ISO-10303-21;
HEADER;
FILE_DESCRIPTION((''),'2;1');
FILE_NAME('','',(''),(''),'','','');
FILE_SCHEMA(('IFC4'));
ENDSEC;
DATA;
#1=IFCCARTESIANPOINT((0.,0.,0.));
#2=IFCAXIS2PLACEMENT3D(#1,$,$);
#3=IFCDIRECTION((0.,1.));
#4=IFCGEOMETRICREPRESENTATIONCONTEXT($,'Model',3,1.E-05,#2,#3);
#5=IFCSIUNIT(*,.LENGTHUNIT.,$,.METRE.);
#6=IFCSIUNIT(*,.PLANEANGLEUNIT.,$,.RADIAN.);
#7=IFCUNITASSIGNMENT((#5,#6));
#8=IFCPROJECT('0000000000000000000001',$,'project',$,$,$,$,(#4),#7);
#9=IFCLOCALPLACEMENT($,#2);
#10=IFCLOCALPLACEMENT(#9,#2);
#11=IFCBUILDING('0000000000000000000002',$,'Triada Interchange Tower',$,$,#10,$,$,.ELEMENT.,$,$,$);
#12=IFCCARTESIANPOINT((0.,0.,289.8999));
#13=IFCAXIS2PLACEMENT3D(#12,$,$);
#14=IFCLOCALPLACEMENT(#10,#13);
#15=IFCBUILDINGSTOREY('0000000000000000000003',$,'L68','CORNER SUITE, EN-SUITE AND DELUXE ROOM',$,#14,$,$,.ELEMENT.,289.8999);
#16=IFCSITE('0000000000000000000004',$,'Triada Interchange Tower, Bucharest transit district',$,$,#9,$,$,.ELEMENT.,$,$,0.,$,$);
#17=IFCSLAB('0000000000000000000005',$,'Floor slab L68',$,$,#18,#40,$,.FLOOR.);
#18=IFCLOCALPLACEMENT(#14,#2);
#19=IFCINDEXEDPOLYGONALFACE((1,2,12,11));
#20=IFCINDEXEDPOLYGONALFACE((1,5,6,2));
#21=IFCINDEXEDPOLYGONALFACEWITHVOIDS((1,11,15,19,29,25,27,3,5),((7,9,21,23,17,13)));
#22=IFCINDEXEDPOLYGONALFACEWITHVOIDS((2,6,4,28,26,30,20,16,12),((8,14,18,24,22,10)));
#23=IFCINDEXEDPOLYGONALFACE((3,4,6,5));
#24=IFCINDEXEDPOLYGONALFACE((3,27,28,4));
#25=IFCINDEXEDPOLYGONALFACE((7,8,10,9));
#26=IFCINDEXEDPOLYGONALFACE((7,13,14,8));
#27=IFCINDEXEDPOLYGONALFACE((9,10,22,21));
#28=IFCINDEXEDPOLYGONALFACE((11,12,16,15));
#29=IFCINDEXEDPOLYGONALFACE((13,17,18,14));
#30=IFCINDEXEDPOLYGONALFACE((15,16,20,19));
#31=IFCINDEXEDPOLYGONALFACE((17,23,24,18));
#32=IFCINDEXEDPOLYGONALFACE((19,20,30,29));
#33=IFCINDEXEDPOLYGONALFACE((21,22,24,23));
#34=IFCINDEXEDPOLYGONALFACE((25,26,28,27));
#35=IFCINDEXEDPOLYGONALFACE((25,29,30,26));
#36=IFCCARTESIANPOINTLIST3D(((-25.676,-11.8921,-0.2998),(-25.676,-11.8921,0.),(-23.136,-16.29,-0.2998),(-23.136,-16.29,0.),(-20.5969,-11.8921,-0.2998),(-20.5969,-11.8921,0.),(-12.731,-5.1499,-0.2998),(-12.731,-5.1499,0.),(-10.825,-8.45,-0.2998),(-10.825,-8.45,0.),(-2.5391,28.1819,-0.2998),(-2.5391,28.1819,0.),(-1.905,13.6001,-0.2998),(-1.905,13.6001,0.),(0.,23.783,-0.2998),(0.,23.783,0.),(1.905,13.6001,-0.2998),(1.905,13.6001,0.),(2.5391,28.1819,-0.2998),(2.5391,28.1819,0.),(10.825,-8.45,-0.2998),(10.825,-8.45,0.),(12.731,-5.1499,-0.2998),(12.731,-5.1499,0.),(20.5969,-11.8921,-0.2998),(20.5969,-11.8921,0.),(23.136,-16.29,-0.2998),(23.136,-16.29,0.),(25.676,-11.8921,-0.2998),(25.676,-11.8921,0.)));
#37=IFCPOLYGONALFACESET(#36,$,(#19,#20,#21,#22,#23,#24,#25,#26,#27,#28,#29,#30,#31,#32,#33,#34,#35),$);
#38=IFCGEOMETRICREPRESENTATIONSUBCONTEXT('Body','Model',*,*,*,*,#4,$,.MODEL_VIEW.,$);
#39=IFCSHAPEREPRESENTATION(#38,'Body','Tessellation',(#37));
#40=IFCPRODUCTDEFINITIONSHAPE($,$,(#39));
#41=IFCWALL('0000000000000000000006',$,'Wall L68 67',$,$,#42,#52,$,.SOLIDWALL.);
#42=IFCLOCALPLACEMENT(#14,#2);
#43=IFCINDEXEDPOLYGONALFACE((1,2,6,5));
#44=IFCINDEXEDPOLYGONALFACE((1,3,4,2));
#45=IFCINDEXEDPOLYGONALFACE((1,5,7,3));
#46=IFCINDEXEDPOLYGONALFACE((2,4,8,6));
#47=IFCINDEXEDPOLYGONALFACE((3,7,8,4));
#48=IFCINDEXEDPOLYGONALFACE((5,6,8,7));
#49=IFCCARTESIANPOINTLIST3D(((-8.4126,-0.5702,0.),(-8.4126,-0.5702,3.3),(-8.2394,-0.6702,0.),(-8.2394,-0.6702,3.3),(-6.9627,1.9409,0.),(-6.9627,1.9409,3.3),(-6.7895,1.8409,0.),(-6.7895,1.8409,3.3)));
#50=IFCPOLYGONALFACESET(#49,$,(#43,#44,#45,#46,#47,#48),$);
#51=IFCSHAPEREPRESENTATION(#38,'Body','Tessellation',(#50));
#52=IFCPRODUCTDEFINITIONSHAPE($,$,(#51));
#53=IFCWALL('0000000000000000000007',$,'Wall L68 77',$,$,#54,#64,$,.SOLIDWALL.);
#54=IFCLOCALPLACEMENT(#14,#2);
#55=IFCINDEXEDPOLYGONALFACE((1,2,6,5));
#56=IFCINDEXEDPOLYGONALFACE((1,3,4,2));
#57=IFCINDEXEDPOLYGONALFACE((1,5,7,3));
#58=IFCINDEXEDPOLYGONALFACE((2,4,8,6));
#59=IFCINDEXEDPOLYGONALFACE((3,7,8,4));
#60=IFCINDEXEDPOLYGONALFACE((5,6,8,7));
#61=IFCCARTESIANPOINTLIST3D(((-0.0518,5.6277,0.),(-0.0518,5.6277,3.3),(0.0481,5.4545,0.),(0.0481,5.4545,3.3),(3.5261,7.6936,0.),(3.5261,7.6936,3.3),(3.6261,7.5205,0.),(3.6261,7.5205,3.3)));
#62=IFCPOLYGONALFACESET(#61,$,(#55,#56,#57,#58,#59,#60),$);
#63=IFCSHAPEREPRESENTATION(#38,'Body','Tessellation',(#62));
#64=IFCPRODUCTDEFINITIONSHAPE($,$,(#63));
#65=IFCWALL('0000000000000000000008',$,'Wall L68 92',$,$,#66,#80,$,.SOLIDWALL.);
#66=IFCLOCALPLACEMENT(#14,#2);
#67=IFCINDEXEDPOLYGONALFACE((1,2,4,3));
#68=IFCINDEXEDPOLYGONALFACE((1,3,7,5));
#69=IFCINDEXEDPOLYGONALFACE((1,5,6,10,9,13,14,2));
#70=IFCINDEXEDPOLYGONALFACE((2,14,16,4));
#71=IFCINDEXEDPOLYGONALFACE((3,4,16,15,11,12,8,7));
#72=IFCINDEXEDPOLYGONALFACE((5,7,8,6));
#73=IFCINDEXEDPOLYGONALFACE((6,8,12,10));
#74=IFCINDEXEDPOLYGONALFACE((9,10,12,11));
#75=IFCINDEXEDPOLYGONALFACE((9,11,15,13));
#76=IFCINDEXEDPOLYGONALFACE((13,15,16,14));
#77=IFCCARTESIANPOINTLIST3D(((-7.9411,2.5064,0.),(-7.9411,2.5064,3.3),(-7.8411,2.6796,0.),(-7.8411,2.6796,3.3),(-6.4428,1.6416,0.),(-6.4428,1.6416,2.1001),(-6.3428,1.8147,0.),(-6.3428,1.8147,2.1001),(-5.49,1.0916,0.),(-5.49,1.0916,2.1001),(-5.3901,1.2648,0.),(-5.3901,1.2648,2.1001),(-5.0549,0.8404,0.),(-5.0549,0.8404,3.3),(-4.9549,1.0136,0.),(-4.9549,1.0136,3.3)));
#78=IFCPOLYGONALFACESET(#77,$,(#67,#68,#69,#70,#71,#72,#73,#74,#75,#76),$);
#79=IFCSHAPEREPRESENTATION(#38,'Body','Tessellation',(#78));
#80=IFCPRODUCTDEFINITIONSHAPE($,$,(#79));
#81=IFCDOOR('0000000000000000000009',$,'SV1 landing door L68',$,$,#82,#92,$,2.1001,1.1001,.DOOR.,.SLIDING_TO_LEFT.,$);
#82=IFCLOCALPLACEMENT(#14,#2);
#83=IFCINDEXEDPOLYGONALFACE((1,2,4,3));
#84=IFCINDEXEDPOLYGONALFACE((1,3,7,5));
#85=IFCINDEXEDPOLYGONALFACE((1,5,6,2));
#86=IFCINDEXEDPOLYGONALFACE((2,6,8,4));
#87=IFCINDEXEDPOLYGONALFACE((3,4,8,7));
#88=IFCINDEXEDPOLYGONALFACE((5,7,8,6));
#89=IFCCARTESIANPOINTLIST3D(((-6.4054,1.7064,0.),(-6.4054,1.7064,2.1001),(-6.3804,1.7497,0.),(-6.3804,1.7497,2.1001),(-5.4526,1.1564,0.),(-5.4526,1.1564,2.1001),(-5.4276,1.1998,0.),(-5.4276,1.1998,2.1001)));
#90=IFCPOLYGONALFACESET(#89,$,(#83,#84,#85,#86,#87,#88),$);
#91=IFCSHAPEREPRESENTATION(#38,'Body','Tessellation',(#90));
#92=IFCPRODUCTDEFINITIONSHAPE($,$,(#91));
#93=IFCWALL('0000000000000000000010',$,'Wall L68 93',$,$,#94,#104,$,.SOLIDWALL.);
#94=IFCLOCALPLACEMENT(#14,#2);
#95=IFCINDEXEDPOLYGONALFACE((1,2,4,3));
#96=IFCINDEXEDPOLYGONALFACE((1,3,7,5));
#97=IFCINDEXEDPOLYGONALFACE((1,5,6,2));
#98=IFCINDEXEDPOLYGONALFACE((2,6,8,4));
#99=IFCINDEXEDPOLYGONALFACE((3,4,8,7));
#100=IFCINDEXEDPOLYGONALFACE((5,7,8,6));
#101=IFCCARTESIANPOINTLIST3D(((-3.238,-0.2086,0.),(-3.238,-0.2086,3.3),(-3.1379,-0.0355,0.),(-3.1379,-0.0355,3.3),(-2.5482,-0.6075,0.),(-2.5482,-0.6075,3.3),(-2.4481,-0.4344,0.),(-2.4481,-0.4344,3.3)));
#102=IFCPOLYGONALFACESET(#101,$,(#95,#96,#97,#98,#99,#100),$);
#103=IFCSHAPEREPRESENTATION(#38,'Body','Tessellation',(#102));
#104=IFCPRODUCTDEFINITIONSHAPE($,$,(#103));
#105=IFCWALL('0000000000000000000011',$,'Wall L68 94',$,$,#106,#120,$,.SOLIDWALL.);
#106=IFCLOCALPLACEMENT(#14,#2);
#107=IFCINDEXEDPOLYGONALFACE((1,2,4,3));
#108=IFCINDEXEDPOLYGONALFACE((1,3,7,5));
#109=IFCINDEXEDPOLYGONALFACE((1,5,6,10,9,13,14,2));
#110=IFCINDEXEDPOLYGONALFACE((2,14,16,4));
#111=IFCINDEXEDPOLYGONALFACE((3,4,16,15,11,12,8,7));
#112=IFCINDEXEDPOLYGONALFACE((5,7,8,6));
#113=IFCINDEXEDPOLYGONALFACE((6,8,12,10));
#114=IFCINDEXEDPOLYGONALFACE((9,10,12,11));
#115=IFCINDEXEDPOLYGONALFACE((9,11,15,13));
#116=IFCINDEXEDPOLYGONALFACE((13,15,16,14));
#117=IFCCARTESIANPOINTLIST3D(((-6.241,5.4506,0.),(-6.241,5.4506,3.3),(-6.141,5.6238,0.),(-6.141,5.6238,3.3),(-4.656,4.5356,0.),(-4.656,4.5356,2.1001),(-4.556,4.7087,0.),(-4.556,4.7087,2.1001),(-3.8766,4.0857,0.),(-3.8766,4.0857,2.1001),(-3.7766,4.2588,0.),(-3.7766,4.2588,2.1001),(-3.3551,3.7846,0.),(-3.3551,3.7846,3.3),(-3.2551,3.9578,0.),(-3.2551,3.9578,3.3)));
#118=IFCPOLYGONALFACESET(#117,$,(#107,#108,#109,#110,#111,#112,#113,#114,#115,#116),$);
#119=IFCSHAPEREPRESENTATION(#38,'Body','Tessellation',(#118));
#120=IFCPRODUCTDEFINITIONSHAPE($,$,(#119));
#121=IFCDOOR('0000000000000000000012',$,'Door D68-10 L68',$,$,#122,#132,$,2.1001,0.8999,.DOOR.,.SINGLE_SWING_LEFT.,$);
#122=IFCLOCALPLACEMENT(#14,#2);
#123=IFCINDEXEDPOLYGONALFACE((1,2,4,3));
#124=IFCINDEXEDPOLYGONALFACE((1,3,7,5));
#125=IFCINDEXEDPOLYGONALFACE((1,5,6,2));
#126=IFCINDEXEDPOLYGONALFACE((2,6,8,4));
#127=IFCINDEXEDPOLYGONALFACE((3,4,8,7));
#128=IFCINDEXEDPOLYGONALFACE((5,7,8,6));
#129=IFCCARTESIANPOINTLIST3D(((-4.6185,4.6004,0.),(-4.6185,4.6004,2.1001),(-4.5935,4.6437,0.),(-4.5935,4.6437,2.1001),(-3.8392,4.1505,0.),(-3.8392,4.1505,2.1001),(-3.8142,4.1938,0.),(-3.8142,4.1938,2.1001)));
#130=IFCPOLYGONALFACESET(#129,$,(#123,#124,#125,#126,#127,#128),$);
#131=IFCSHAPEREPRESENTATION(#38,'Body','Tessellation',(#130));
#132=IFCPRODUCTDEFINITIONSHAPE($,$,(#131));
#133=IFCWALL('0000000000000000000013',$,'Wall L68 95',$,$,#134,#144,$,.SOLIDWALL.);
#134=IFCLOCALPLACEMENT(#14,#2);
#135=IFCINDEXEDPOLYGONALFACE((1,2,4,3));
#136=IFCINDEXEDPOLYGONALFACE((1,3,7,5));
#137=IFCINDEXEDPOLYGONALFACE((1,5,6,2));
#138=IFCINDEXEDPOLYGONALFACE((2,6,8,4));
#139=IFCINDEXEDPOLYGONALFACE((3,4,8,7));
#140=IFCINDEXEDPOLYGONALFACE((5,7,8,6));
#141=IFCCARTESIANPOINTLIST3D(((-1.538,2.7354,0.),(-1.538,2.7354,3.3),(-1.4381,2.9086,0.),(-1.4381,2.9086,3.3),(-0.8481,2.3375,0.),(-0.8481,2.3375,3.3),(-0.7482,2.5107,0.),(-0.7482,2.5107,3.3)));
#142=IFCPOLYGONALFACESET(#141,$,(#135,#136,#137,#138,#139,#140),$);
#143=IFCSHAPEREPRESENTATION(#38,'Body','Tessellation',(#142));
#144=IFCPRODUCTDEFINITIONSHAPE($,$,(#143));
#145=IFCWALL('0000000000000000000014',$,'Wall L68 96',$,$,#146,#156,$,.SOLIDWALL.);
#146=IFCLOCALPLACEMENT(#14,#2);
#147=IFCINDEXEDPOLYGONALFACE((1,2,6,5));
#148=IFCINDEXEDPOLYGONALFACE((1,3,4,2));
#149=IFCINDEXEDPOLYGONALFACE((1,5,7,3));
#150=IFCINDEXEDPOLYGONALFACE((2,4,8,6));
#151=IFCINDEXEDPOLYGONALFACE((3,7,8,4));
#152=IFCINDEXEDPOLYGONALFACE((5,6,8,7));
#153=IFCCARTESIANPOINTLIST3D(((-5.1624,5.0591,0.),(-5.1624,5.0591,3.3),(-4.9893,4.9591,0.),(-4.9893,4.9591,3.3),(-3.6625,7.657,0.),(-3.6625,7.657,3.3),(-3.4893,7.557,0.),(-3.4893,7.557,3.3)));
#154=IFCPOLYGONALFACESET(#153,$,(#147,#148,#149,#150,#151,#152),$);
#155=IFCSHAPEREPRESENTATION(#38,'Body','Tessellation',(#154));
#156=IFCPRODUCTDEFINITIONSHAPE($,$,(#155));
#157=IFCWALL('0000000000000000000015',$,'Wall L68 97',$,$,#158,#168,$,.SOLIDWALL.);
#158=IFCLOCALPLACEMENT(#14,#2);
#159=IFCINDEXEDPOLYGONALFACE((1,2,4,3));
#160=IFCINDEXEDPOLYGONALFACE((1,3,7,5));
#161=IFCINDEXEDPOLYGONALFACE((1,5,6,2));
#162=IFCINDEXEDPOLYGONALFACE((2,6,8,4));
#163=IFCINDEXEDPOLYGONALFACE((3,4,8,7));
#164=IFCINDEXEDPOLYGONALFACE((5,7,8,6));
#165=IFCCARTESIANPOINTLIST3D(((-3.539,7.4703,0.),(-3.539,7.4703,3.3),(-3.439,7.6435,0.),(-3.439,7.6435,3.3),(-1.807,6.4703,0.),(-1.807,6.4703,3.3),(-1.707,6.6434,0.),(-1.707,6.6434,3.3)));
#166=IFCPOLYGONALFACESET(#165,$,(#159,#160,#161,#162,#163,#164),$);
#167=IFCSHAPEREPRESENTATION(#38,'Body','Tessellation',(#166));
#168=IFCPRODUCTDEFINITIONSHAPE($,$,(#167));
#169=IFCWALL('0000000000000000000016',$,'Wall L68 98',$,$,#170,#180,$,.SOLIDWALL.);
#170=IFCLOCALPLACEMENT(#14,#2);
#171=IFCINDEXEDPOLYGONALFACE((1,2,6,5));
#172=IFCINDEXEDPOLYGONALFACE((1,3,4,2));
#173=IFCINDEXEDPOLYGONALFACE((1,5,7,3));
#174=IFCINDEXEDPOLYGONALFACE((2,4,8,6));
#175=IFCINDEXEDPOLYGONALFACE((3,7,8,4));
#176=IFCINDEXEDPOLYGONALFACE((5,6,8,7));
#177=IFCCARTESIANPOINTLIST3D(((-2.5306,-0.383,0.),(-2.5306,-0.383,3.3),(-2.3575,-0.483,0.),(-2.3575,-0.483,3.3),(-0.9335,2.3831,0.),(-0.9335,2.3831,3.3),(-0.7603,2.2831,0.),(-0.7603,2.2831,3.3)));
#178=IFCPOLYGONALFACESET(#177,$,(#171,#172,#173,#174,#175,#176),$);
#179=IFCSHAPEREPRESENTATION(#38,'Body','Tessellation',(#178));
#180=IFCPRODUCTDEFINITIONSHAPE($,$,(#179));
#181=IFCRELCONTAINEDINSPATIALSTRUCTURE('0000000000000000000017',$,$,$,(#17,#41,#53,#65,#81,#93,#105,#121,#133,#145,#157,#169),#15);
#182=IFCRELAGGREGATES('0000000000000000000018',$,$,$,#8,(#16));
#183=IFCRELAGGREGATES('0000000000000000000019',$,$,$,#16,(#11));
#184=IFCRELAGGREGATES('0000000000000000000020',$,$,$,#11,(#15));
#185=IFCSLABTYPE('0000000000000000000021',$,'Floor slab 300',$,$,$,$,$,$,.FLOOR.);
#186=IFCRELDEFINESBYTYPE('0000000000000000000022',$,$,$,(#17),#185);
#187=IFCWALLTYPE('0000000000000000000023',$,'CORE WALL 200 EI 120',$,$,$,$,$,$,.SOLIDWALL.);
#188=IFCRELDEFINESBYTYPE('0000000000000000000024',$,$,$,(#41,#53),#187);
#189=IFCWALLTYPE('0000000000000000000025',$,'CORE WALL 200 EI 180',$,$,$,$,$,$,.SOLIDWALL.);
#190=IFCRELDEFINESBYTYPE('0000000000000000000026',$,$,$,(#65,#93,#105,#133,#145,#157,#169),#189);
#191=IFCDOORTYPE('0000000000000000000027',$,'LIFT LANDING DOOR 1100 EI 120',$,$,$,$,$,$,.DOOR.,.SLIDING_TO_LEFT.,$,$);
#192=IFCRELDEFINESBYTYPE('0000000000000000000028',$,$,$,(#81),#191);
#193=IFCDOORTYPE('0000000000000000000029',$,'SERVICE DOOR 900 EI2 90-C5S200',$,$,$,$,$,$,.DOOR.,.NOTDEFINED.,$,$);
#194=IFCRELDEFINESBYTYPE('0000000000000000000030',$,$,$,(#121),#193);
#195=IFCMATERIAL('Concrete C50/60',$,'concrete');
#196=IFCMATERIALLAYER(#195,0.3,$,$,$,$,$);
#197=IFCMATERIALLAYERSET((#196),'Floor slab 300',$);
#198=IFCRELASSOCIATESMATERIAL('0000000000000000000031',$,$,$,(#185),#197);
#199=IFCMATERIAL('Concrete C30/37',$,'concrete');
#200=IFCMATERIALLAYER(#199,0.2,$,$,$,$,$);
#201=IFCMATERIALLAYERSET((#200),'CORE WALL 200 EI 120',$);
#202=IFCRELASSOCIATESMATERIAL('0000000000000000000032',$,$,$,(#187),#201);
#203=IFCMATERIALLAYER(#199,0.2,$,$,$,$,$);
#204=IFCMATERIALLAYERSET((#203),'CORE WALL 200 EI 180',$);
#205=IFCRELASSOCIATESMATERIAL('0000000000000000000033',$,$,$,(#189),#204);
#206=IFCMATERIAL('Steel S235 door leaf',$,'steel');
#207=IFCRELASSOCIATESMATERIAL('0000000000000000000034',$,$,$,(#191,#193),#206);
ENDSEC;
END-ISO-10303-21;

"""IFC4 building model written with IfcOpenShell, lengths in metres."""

from ifc_helpers import new_model, si_unit, direction, frame, frame_2d, origin, place, context, subcontext, project, spatial, polyline, rectangle, outline, extrude, material, layer, layer_set, type_object, element, fill, save


model = new_model("IFC4")

# Units and contexts
model_context = context("Model", 3, precision=1e-05, world=origin(), true_north=direction((0.0, 1.0)))
body_context = subcontext(model_context, "Body", "Model", "MODEL_VIEW")
ifc_project = project(units=[si_unit("LENGTHUNIT", "METRE"), si_unit("PLANEANGLEUNIT", "RADIAN")], contexts=[model_context])

# Site, building, storey
site_placement = place(None, origin())
site = spatial("IfcSite", under=ifc_project, at=site_placement, Name="Triada Interchange Tower, Bucharest transit district", CompositionType="ELEMENT", RefElevation=0.0)
building_placement = place(site_placement, origin())
building = spatial("IfcBuilding", under=site, at=building_placement, Name="Triada Interchange Tower", CompositionType="ELEMENT")
storey_placement = place(building_placement, frame((0.0, 0.0, 289.8999)))
storey = spatial("IfcBuildingStorey", under=building, at=storey_placement, Name="L68", Description="CORNER SUITE, EN-SUITE AND DELUXE ROOM", CompositionType="ELEMENT", Elevation=289.8999)

# Slab
ifc_material_1 = material(Name="Concrete C50/60", Category="concrete")
ifc_layer_1 = layer(ifc_material_1, 0.3)
ifc_layer_set_1 = layer_set([ifc_layer_1], Name="Floor slab 300")
slab_type = type_object("IfcSlabType", Name="Floor slab 300", PredefinedType="FLOOR", material=ifc_layer_set_1)
slab_placement = place(storey_placement, frame((0.0, 0.0, -0.2998)))
element("IfcSlab", 1, at=slab_placement, inside=storey, type_object=slab_type, Name="Floor slab L68", PredefinedType="FLOOR", context=body_context, shape_type="SweptSolid", body=[
    extrude(outline(polyline([(-2.5391, 28.1819), (-25.676, -11.8921), (-20.5969, -11.8921), (-23.136, -16.29), (23.136, -16.29), (20.5969, -11.8921), (25.676, -11.8921), (2.5391, 28.1819), (0.0, 23.783), (-2.5391, 28.1819)]), holes=[polyline([(1.905, 13.6001), (-1.905, 13.6001), (-12.731, -5.1499), (-10.825, -8.45), (10.825, -8.45), (12.731, -5.1499), (1.905, 13.6001)])]), origin(), (0.0, 0.0, 1.0), 0.2998),
])

# Walls
ifc_material_2 = material(Name="Concrete C30/37", Category="concrete")
ifc_layer_2 = layer(ifc_material_2, 0.2)
ifc_layer_set_2 = layer_set([ifc_layer_2], Name="CORE WALL 200 EI 120")
wall_type_1 = type_object("IfcWallType", Name="CORE WALL 200 EI 120", PredefinedType="SOLIDWALL", material=ifc_layer_set_2)
wall_1_placement = place(storey_placement, frame((-8.3259, -0.6201, 0.0), z_axis=(0.0, 0.0, 1.0), x_axis=(0.500024, 0.866012, 0.0)))
element("IfcWall", 2, at=wall_1_placement, inside=storey, type_object=wall_type_1, Name="Wall L68 67", PredefinedType="SOLIDWALL", context=body_context, shape_type="SweptSolid", body=[
    extrude(rectangle(XDim=2.8997, YDim=0.2, at=frame_2d((1.4497, 0.0))), origin(), (0.0, 0.0, 1.0), 3.3),
])
wall_2_placement = place(storey_placement, frame((-0.002, 5.541, 0.0), z_axis=(0.0, 0.0, 1.0), x_axis=(0.866002, 0.500041, 0.0)))
element("IfcWall", 3, at=wall_2_placement, inside=storey, type_object=wall_type_1, Name="Wall L68 77", PredefinedType="SOLIDWALL", context=body_context, shape_type="SweptSolid", body=[
    extrude(rectangle(XDim=4.1316, YDim=0.2, at=frame_2d((2.0659, 0.0))), origin(), (0.0, 0.0, 1.0), 3.3),
])

# Wall, opening, door
ifc_layer_3 = layer(ifc_material_2, 0.2)
ifc_layer_set_3 = layer_set([ifc_layer_3], Name="CORE WALL 200 EI 180")
wall_type_2 = type_object("IfcWallType", Name="CORE WALL 200 EI 180", PredefinedType="SOLIDWALL", material=ifc_layer_set_3)
wall_3_placement = place(storey_placement, frame((-7.8911, 2.593, 0.0), z_axis=(0.0, 0.0, 1.0), x_axis=(0.866071, -0.499921, 0.0)))
wall_3 = element("IfcWall", 4, at=wall_3_placement, inside=storey, type_object=wall_type_2, Name="Wall L68 92", PredefinedType="SOLIDWALL", context=body_context, shape_type="SweptSolid", body=[
    extrude(rectangle(XDim=3.3325, YDim=0.2, at=frame_2d((1.6663, 0.0))), origin(), (0.0, 0.0, 1.0), 3.3),
])
opening_1_placement = place(wall_3_placement, frame((1.73, 0.0, 0.0)))
opening_1 = element("IfcOpeningElement", 5, at=opening_1_placement, cuts=wall_3, PredefinedType="OPENING", context=body_context, shape_type="SweptSolid", body=[
    extrude(rectangle(XDim=1.1001, YDim=2.1001, at=frame_2d((0.55, 1.05))), frame((0.0, 0.1099, 0.0), z_axis=(0.0, -1.0, 0.0), x_axis=(1.0, 0.0, 0.0)), (0.0, 0.0, 1.0), 0.22),
])
ifc_material_3 = material(Name="Steel S235 door leaf", Category="steel")
door_type_1 = type_object("IfcDoorType", Name="LIFT LANDING DOOR 1100 EI 120", OperationType="SLIDING_TO_LEFT", PredefinedType="DOOR", material=ifc_material_3)
door_1_placement = place(opening_1_placement, origin())
door_1 = element("IfcDoor", 6, at=door_1_placement, inside=storey, type_object=door_type_1, Name="SV1 landing door L68", OperationType="SLIDING_TO_LEFT", OverallHeight=2.1001, OverallWidth=1.1001, PredefinedType="DOOR", context=body_context, shape_type="SweptSolid", body=[
    extrude(rectangle(XDim=1.1001, YDim=2.1001, at=frame_2d((0.55, 1.05))), frame((0.0, 0.0249, 0.0), z_axis=(0.0, -1.0, 0.0), x_axis=(1.0, 0.0, 0.0)), (0.0, 0.0, 1.0), 0.05),
])
fill(opening_1, door_1)

# Wall
wall_4_placement = place(storey_placement, frame((-3.188, -0.1221, 0.0), z_axis=(0.0, 0.0, 1.0), x_axis=(0.865706, -0.500553, 0.0)))
element("IfcWall", 7, at=wall_4_placement, inside=storey, type_object=wall_type_2, Name="Wall L68 93", PredefinedType="SOLIDWALL", context=body_context, shape_type="SweptSolid", body=[
    extrude(rectangle(XDim=0.7969, YDim=0.2, at=frame_2d((0.3984, 0.0))), origin(), (0.0, 0.0, 1.0), 3.3),
])

# Wall, opening, door
wall_5_placement = place(storey_placement, frame((-6.1909, 5.5371, 0.0), z_axis=(0.0, 0.0, 1.0), x_axis=(0.866053, -0.499953, 0.0)))
wall_5 = element("IfcWall", 8, at=wall_5_placement, inside=storey, type_object=wall_type_2, Name="Wall L68 94", PredefinedType="SOLIDWALL", context=body_context, shape_type="SweptSolid", body=[
    extrude(rectangle(XDim=3.3323, YDim=0.2, at=frame_2d((1.666, 0.0))), origin(), (0.0, 0.0, 1.0), 3.3),
])
opening_2_placement = place(wall_5_placement, frame((1.8301, 0.0, 0.0)))
opening_2 = element("IfcOpeningElement", 9, at=opening_2_placement, cuts=wall_5, PredefinedType="OPENING", context=body_context, shape_type="SweptSolid", body=[
    extrude(rectangle(XDim=0.8999, YDim=2.1001, at=frame_2d((0.45, 1.05))), frame((0.0, 0.1099, 0.0), z_axis=(0.0, -1.0, 0.0), x_axis=(1.0, 0.0, 0.0)), (0.0, 0.0, 1.0), 0.22),
])
door_type_2 = type_object("IfcDoorType", Name="SERVICE DOOR 900 EI2 90-C5S200", OperationType="NOTDEFINED", PredefinedType="DOOR", material=ifc_material_3)
door_2_placement = place(opening_2_placement, origin())
door_2 = element("IfcDoor", 10, at=door_2_placement, inside=storey, type_object=door_type_2, Name="Door D68-10 L68", OperationType="SINGLE_SWING_LEFT", OverallHeight=2.1001, OverallWidth=0.8999, PredefinedType="DOOR", context=body_context, shape_type="SweptSolid", body=[
    extrude(rectangle(XDim=0.8999, YDim=2.1001, at=frame_2d((0.45, 1.05))), frame((0.0, 0.0249, 0.0), z_axis=(0.0, -1.0, 0.0), x_axis=(1.0, 0.0, 0.0)), (0.0, 0.0, 1.0), 0.05),
])
fill(opening_2, door_2)

# Walls
wall_6_placement = place(storey_placement, frame((-1.488, 2.822, 0.0), z_axis=(0.0, 0.0, 1.0), x_axis=(0.866237, -0.499634, 0.0)))
element("IfcWall", 11, at=wall_6_placement, inside=storey, type_object=wall_type_2, Name="Wall L68 95", PredefinedType="SOLIDWALL", context=body_context, shape_type="SweptSolid", body=[
    extrude(rectangle(XDim=0.7964, YDim=0.2, at=frame_2d((0.3982, 0.0))), origin(), (0.0, 0.0, 1.0), 3.3),
])
wall_7_placement = place(storey_placement, frame((-5.0759, 5.009, 0.0), z_axis=(0.0, 0.0, 1.0), x_axis=(0.500025, 0.866011, 0.0)))
element("IfcWall", 12, at=wall_7_placement, inside=storey, type_object=wall_type_2, Name="Wall L68 96", PredefinedType="SOLIDWALL", context=body_context, shape_type="SweptSolid", body=[
    extrude(rectangle(XDim=2.9998, YDim=0.2, at=frame_2d((1.5, 0.0))), origin(), (0.0, 0.0, 1.0), 3.3),
])
wall_8_placement = place(storey_placement, frame((-3.489, 7.5569, 0.0), z_axis=(0.0, 0.0, 1.0), x_axis=(0.866011, -0.500025, 0.0)))
element("IfcWall", 13, at=wall_8_placement, inside=storey, type_object=wall_type_2, Name="Wall L68 97", PredefinedType="SOLIDWALL", context=body_context, shape_type="SweptSolid", body=[
    extrude(rectangle(XDim=2.0, YDim=0.2, at=frame_2d((1.0, 0.0))), origin(), (0.0, 0.0, 1.0), 3.3),
])
wall_9_placement = place(storey_placement, frame((-2.4441, -0.4331, 0.0), z_axis=(0.0, 0.0, 1.0), x_axis=(0.500036, 0.866005, 0.0)))
element("IfcWall", 14, at=wall_9_placement, inside=storey, type_object=wall_type_2, Name="Wall L68 98", PredefinedType="SOLIDWALL", context=body_context, shape_type="SweptSolid", body=[
    extrude(rectangle(XDim=3.1941, YDim=0.2, at=frame_2d((1.5972, 0.0))), origin(), (0.0, 0.0, 1.0), 3.3),
])

save(model, "model.ifc")
